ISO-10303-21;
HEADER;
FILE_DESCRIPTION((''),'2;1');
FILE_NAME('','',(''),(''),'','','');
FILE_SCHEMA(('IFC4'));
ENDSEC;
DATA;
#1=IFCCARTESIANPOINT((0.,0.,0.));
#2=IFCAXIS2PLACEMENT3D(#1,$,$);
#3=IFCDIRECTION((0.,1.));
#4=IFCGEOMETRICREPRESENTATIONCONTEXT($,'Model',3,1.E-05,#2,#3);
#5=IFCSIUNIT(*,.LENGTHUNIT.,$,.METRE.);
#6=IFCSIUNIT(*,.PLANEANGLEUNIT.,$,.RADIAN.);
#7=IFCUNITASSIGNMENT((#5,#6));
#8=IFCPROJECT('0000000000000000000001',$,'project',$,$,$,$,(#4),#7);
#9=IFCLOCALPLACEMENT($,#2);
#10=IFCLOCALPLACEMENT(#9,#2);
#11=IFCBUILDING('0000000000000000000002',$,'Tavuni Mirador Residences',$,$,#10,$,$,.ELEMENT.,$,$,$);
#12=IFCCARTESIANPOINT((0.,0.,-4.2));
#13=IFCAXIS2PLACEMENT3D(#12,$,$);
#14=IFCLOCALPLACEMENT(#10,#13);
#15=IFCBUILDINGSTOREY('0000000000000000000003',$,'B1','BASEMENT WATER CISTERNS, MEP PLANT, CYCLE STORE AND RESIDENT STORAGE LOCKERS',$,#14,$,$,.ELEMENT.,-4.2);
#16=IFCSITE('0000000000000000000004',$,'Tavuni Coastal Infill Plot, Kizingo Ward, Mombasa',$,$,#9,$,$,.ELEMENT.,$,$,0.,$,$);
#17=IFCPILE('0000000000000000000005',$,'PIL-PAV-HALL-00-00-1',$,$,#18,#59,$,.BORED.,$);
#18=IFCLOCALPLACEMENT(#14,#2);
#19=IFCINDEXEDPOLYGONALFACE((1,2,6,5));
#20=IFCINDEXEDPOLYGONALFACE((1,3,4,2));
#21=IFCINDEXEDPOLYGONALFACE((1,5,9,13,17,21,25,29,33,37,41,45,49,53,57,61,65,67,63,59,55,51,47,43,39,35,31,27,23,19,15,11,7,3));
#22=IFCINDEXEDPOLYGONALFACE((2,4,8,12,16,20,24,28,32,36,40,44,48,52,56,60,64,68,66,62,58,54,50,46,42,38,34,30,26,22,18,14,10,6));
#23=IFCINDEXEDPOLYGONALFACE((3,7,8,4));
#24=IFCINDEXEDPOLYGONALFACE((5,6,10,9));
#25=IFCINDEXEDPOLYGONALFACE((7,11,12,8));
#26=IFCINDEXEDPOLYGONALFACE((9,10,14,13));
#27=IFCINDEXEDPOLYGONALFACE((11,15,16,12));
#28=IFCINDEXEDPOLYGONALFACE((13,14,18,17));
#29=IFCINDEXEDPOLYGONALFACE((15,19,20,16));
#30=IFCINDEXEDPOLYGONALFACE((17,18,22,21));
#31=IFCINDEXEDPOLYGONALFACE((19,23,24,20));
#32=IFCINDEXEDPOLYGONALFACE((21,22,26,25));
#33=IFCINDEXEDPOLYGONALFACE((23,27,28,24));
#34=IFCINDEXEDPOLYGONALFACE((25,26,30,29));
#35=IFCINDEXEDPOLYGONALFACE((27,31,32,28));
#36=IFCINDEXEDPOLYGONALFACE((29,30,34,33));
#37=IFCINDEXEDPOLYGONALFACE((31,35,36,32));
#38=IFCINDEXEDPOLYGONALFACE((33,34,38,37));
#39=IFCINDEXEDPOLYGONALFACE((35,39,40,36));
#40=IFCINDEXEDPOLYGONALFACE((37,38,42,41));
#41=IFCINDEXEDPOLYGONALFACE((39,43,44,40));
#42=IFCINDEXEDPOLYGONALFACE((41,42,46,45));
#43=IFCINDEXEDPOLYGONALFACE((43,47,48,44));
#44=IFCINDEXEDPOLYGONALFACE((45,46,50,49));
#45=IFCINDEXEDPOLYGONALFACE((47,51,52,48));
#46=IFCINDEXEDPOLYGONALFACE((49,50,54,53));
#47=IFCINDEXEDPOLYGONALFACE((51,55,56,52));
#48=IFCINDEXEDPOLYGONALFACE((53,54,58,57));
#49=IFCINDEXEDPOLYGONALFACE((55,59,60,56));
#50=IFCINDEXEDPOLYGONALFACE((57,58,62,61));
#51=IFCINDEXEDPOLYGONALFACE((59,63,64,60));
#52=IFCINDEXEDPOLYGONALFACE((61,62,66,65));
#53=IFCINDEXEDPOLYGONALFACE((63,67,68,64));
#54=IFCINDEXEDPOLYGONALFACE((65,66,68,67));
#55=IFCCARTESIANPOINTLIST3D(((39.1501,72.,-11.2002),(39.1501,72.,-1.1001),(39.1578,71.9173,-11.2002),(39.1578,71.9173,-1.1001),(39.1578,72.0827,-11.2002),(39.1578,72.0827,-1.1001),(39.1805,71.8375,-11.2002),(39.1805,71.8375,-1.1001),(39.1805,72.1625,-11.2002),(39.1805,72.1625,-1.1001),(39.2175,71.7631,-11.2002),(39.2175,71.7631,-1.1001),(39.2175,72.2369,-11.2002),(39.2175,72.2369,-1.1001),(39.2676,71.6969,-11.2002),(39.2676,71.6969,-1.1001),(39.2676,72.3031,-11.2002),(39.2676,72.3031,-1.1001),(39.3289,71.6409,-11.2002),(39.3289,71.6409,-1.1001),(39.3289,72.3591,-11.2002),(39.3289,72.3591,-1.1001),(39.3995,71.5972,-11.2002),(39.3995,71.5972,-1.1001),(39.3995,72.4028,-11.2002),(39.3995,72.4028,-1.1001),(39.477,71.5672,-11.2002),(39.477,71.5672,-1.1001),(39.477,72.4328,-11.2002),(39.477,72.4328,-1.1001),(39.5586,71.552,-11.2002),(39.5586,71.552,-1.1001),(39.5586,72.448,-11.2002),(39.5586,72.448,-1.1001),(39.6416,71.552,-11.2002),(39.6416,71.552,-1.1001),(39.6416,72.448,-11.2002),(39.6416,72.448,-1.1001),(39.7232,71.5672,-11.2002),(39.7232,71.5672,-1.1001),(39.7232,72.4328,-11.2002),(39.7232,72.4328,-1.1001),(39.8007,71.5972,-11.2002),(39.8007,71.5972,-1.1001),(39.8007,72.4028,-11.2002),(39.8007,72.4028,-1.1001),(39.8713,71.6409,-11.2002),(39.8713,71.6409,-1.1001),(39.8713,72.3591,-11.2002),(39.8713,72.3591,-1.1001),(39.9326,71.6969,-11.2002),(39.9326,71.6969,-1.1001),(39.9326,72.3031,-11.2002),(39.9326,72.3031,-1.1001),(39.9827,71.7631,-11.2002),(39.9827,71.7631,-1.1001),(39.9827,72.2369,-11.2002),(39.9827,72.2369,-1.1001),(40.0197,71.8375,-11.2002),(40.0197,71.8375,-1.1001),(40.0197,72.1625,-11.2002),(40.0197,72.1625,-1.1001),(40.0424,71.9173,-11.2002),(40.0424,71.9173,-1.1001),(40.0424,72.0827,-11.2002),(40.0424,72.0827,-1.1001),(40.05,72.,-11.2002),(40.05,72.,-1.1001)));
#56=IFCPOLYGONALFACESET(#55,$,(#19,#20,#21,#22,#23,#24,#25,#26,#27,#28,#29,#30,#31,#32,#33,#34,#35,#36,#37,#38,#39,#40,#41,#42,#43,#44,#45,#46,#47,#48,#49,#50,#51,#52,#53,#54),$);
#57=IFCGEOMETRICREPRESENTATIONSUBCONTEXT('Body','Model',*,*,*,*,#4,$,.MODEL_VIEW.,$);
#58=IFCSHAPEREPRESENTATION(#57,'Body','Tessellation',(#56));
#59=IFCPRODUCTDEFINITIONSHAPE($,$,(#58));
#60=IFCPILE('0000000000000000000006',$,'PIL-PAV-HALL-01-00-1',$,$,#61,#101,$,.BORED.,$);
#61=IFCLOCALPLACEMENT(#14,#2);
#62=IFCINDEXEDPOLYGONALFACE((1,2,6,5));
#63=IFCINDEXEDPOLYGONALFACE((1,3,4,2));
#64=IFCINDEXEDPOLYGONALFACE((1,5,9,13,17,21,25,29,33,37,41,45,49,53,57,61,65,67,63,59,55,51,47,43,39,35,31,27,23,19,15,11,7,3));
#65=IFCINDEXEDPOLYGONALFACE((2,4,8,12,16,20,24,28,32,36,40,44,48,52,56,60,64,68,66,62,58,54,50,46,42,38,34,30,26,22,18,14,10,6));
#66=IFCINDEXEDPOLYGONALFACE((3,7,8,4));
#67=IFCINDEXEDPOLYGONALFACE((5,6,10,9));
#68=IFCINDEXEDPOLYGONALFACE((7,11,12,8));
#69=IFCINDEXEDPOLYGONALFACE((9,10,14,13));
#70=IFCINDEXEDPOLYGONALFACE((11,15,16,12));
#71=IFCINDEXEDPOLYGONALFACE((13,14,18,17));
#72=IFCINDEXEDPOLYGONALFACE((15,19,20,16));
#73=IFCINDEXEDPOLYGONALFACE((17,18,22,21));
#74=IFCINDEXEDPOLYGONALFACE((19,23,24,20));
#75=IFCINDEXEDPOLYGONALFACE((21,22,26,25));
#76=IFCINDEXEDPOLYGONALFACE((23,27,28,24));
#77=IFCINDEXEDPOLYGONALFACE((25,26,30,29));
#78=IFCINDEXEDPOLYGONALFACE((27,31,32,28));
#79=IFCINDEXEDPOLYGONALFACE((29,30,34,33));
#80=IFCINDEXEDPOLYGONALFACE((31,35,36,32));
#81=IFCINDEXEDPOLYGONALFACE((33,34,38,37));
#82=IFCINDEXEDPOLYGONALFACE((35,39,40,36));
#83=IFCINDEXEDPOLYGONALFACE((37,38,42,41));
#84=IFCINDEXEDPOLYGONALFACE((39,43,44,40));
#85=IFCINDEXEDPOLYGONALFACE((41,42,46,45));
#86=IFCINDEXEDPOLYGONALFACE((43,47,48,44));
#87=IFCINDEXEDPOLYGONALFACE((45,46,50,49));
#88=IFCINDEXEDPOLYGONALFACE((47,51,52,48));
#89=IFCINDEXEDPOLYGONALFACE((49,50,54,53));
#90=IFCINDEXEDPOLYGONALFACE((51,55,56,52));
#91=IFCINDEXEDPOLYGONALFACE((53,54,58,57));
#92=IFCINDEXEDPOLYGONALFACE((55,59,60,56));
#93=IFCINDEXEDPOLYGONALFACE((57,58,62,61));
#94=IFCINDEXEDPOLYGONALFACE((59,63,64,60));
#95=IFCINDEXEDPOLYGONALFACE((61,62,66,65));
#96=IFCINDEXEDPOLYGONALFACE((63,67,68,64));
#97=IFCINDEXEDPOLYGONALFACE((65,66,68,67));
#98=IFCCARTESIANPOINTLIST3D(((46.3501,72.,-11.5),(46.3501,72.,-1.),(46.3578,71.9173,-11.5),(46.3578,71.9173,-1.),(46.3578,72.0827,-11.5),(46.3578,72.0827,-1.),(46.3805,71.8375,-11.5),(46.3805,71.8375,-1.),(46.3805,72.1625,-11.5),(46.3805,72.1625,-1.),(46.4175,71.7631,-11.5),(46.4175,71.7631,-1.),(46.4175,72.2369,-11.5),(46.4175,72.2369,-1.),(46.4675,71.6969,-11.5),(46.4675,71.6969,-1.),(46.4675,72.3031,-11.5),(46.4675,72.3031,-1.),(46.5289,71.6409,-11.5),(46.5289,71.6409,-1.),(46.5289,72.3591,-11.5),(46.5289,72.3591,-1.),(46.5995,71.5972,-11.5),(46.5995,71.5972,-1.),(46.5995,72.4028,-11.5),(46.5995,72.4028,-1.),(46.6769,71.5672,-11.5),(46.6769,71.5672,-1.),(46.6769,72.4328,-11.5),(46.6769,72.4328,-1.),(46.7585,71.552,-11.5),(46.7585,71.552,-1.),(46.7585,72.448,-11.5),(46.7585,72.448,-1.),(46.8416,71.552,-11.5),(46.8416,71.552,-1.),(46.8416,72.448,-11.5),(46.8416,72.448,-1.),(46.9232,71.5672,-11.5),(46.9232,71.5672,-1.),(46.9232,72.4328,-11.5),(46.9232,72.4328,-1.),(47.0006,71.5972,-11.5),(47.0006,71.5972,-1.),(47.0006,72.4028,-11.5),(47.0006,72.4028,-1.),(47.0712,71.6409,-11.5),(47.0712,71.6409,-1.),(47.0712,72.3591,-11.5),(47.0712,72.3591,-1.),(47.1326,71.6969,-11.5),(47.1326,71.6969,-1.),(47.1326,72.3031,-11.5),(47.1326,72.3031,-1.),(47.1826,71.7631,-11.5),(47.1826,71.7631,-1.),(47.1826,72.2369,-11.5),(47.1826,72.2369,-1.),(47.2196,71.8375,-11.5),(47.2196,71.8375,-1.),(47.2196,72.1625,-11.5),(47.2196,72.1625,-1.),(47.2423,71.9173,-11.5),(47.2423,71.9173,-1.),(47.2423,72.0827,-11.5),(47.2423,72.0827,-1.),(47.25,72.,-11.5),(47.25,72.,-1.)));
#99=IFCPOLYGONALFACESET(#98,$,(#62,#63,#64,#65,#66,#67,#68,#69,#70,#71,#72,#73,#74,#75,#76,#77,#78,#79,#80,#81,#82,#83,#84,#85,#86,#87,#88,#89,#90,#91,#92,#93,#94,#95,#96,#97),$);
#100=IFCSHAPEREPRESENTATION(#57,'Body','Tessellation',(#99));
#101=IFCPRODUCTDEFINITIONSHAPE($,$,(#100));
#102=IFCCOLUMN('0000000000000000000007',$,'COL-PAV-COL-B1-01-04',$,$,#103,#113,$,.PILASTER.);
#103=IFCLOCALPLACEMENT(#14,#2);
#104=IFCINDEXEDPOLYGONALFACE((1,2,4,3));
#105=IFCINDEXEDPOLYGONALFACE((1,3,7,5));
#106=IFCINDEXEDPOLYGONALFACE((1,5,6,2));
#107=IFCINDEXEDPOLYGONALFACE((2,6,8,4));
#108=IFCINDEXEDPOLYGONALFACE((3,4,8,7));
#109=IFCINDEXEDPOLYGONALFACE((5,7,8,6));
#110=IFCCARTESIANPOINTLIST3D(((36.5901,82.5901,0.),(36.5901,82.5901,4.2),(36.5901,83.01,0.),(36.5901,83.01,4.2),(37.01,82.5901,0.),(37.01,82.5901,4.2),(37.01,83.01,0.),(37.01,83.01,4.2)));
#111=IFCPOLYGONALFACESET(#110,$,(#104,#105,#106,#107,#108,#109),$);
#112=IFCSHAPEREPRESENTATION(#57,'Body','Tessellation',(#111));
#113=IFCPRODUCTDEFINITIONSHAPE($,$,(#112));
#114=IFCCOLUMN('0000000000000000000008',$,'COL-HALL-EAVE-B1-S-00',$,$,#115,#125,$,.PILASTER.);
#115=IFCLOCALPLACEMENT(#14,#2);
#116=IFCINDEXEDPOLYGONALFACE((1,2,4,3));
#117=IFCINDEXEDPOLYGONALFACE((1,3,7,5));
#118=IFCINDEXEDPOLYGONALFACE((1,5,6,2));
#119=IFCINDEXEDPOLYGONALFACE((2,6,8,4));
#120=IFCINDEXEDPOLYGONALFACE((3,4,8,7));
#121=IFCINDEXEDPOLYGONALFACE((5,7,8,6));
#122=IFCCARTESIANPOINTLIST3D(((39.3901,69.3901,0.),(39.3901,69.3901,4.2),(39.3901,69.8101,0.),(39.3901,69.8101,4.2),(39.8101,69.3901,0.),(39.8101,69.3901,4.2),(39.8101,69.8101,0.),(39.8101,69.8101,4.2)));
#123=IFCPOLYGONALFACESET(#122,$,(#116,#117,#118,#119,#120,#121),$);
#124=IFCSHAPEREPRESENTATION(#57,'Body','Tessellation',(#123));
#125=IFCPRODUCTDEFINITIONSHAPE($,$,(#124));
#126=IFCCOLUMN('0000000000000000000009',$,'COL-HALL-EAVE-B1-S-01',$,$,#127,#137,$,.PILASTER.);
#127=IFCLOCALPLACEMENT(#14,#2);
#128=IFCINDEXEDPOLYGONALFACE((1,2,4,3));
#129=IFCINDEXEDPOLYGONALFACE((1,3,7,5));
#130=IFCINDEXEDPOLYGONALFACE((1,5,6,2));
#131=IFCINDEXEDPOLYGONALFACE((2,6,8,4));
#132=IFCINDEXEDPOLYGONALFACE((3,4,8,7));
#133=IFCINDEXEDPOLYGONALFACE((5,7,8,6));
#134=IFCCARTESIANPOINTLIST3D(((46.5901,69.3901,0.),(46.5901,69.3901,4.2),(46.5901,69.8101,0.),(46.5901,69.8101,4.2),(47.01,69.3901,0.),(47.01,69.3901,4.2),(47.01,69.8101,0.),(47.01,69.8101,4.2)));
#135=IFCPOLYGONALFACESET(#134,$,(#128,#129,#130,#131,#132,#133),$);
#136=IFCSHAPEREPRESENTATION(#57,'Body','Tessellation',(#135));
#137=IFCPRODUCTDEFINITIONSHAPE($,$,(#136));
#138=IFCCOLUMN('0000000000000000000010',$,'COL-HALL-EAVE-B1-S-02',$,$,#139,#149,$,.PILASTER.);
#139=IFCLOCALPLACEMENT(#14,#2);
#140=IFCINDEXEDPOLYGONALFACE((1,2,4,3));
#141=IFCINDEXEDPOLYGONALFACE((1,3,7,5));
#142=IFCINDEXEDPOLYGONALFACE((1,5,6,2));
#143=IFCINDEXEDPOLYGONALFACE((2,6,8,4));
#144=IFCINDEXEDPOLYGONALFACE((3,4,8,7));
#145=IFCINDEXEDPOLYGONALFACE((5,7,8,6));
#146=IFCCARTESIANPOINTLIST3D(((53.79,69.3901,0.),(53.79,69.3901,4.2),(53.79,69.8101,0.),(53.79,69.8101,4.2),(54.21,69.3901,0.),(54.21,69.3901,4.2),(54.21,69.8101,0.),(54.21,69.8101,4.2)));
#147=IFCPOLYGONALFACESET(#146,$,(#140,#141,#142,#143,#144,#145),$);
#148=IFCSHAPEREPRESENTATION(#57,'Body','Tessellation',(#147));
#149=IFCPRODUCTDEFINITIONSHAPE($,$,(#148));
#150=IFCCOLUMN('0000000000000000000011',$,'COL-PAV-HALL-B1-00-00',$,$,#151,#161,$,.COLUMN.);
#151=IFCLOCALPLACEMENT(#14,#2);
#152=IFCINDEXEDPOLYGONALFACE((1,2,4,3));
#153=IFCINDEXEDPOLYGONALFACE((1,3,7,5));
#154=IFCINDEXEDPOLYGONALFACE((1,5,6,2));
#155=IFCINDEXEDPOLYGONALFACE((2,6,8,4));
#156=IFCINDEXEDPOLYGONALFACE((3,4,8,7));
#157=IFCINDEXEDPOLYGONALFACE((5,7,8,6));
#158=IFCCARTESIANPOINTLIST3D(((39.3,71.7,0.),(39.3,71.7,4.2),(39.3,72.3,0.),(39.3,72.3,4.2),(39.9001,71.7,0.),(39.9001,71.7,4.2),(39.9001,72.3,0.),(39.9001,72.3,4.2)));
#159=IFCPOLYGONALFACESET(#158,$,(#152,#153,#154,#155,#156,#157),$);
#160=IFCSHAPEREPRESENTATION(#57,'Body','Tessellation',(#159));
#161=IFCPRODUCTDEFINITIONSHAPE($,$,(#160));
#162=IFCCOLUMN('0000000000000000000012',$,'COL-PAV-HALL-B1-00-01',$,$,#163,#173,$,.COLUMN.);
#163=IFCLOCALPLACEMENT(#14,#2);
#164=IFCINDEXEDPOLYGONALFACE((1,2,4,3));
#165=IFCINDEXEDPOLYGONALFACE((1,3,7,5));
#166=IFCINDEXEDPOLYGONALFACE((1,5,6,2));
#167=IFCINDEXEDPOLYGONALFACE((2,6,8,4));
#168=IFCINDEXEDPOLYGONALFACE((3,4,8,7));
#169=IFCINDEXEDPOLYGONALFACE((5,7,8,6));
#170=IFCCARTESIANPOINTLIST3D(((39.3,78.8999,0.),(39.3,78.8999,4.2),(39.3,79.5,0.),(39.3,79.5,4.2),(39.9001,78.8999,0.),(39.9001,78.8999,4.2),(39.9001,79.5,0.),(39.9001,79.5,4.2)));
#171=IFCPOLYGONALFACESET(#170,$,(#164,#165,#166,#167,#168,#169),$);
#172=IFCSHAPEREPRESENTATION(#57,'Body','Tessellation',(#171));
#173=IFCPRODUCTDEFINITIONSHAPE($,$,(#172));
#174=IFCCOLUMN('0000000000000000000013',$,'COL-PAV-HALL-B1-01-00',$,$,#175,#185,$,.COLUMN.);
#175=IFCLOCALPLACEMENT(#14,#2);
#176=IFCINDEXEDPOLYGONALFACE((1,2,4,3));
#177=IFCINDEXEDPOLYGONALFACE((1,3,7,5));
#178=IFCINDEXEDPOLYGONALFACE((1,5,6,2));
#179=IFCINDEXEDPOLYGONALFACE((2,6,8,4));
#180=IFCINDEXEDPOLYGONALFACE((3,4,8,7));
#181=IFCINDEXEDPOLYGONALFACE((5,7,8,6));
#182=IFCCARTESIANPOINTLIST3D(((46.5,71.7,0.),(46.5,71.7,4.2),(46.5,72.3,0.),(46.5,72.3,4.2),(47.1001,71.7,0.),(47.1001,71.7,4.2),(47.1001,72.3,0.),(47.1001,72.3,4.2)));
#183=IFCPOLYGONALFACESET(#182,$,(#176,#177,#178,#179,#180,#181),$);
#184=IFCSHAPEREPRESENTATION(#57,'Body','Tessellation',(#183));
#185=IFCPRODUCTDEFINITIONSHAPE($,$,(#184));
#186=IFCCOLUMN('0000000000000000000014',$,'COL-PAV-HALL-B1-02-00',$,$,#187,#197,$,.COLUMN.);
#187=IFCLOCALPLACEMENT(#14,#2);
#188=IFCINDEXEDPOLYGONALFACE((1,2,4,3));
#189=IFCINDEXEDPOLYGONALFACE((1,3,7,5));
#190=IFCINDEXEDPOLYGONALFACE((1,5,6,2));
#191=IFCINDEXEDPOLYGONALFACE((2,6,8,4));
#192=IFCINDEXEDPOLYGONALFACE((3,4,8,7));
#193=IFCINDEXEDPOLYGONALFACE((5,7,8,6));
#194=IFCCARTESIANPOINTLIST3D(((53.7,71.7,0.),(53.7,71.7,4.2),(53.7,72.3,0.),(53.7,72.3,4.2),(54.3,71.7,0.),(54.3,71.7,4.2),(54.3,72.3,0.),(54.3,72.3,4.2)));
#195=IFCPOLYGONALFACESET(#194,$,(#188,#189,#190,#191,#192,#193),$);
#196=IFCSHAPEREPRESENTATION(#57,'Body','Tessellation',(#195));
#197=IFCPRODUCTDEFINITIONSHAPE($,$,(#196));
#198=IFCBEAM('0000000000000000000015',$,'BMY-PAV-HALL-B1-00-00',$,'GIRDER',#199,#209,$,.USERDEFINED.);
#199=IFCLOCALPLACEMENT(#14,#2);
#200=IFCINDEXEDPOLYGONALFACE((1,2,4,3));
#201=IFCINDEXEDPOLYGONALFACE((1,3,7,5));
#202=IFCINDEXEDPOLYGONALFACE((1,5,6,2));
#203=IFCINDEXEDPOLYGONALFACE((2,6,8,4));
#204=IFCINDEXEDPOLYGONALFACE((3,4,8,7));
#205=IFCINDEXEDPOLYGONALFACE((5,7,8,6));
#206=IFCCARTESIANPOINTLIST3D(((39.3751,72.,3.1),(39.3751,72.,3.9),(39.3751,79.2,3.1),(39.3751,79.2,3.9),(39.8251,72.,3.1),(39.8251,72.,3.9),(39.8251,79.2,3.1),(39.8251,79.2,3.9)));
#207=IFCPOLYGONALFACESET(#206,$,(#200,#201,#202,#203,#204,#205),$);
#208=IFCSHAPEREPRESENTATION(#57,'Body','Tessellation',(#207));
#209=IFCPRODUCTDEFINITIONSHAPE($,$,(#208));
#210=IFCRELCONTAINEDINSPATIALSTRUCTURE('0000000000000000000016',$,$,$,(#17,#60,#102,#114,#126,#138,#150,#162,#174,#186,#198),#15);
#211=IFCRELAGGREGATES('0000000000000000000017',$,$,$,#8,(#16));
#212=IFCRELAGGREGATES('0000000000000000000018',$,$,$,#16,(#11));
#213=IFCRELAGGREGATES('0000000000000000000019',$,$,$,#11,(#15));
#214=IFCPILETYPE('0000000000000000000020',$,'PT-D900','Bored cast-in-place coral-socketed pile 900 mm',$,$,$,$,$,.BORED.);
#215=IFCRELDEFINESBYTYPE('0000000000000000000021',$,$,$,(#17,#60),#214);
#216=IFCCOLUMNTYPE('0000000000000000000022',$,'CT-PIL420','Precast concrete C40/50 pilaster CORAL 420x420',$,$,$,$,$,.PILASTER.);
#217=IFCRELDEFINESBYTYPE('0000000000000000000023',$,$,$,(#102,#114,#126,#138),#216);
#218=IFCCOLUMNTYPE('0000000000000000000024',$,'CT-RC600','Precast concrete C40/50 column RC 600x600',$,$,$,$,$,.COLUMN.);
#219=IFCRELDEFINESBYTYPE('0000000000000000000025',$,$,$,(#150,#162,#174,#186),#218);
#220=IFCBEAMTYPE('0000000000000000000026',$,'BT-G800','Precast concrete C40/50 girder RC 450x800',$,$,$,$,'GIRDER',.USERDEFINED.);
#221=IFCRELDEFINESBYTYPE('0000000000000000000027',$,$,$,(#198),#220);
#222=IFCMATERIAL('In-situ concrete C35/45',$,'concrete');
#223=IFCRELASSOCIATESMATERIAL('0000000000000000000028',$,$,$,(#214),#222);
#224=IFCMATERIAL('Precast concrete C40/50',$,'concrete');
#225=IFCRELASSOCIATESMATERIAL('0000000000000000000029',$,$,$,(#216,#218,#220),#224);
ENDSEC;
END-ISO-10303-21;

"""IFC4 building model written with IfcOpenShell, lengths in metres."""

from ifc_helpers import new_model, si_unit, direction, frame, origin, origin_2d, place, context, subcontext, project, spatial, rectangle, circle, extrude, material, material_profile, profile_set, type_object, element, save


model = new_model("IFC4")

# Units and contexts
model_context = context("Model", 3, precision=1e-05, world=origin(), true_north=direction((0.0, 1.0)))
body_context = subcontext(model_context, "Body", "Model", "MODEL_VIEW")
ifc_project = project(units=[si_unit("LENGTHUNIT", "METRE"), si_unit("PLANEANGLEUNIT", "RADIAN")], contexts=[model_context])

# Site, building, storey
site_placement = place(None, origin())
site = spatial("IfcSite", under=ifc_project, at=site_placement, Name="Tavuni Coastal Infill Plot, Kizingo Ward, Mombasa", CompositionType="ELEMENT", RefElevation=0.0)
building_placement = place(site_placement, origin())
building = spatial("IfcBuilding", under=site, at=building_placement, Name="Tavuni Mirador Residences", CompositionType="ELEMENT")
storey_placement = place(building_placement, frame((0.0, 0.0, -4.2)))
storey = spatial("IfcBuildingStorey", under=building, at=storey_placement, Name="B1", Description="BASEMENT WATER CISTERNS, MEP PLANT, CYCLE STORE AND RESIDENT STORAGE LOCKERS", CompositionType="ELEMENT", Elevation=-4.2)

# Shared definitions
ifc_material_1 = material(Name="In-situ concrete C35/45", Category="concrete")

# Piles
ifc_material_profile_1 = material_profile(ifc_material_1, circle(Radius=0.45, at=origin_2d()), Name="PILE D900", Category="concrete")
ifc_profile_set_1 = profile_set([ifc_material_profile_1], Name="In-situ concrete C35/45")
pile_type_1 = type_object("IfcPileType", Name="PT-D900", Description="Bored cast-in-place coral-socketed pile 900 mm", PredefinedType="BORED", material=ifc_profile_set_1)
pile_1_placement = place(storey_placement, frame((39.6001, 72.0, -1.1001), z_axis=(0.0, 0.0, -1.0), x_axis=(1.0, 0.0, 0.0)))
element("IfcPile", 1, at=pile_1_placement, inside=storey, type_object=pile_type_1, Name="PIL-PAV-HALL-00-00-1", PredefinedType="BORED", context=body_context, shape_type="SweptSolid", body=[
    extrude(circle(Radius=0.45, at=origin_2d()), origin(), (0.0, 0.0, 1.0), 10.1001),
])
pile_2_placement = place(storey_placement, frame((46.8, 72.0, -1.0), z_axis=(0.0, 0.0, -1.0), x_axis=(1.0, 0.0, 0.0)))
element("IfcPile", 2, at=pile_2_placement, inside=storey, type_object=pile_type_1, Name="PIL-PAV-HALL-01-00-1", PredefinedType="BORED", context=body_context, shape_type="SweptSolid", body=[
    extrude(circle(Radius=0.45, at=origin_2d()), origin(), (0.0, 0.0, 1.0), 10.5),
])

# Columns
ifc_material_2 = material(Name="Precast concrete C40/50", Category="concrete")
ifc_material_profile_2 = material_profile(ifc_material_2, rectangle(XDim=0.4199, YDim=0.4199, at=origin_2d()), Name="CORAL 420x420", Category="concrete")
ifc_profile_set_2 = profile_set([ifc_material_profile_2], Name="Precast concrete C40/50")
column_type_1 = type_object("IfcColumnType", Name="CT-PIL420", Description="Precast concrete C40/50 pilaster CORAL 420x420", PredefinedType="PILASTER", material=ifc_profile_set_2)
for number, where, z_axis, x_axis, name in (
    (3, (36.8, 82.8, 0.0), (0.0, 0.0, 1.0), (1.0, 0.0, 0.0), "COL-PAV-COL-B1-01-04"),
    (4, (39.6001, 69.6001, 0.0), (0.0, 0.0, 1.0), (1.0, 0.0, 0.0), "COL-HALL-EAVE-B1-S-00"),
    (5, (46.8, 69.6001, 0.0), (0.0, 0.0, 1.0), (1.0, 0.0, 0.0), "COL-HALL-EAVE-B1-S-01"),
    (6, (54.0, 69.6001, 0.0), (0.0, 0.0, 1.0), (1.0, 0.0, 0.0), "COL-HALL-EAVE-B1-S-02"),
):
    element("IfcColumn", number, at=place(storey_placement, frame(where, z_axis=z_axis, x_axis=x_axis)), inside=storey, type_object=column_type_1, Name=name, PredefinedType="PILASTER", context=body_context, shape_type="SweptSolid", body=[
        extrude(rectangle(XDim=0.4199, YDim=0.4199, at=origin_2d()), origin(), (0.0, 0.0, 1.0), 4.2),
    ])
ifc_material_profile_3 = material_profile(ifc_material_2, rectangle(XDim=0.6001, YDim=0.6001, at=origin_2d()), Name="RC 600x600", Category="concrete")
ifc_profile_set_3 = profile_set([ifc_material_profile_3], Name="Precast concrete C40/50")
column_type_2 = type_object("IfcColumnType", Name="CT-RC600", Description="Precast concrete C40/50 column RC 600x600", PredefinedType="COLUMN", material=ifc_profile_set_3)
for number, where, z_axis, x_axis, name in (
    (7, (39.6001, 72.0, 0.0), (0.0, 0.0, 1.0), (1.0, 0.0, 0.0), "COL-PAV-HALL-B1-00-00"),
    (8, (39.6001, 79.2, 0.0), (0.0, 0.0, 1.0), (1.0, 0.0, 0.0), "COL-PAV-HALL-B1-00-01"),
    (9, (46.8, 72.0, 0.0), (0.0, 0.0, 1.0), (1.0, 0.0, 0.0), "COL-PAV-HALL-B1-01-00"),
    (10, (54.0, 72.0, 0.0), (0.0, 0.0, 1.0), (1.0, 0.0, 0.0), "COL-PAV-HALL-B1-02-00"),
):
    element("IfcColumn", number, at=place(storey_placement, frame(where, z_axis=z_axis, x_axis=x_axis)), inside=storey, type_object=column_type_2, Name=name, PredefinedType="COLUMN", context=body_context, shape_type="SweptSolid", body=[
        extrude(rectangle(XDim=0.6001, YDim=0.6001, at=origin_2d()), origin(), (0.0, 0.0, 1.0), 4.2),
    ])

# Beam
ifc_material_profile_4 = material_profile(ifc_material_2, rectangle(XDim=0.45, YDim=0.8, at=origin_2d()), Name="RC 450x800", Category="concrete")
ifc_profile_set_4 = profile_set([ifc_material_profile_4], Name="Precast concrete C40/50")
beam_type_1 = type_object("IfcBeamType", Name="BT-G800", Description="Precast concrete C40/50 girder RC 450x800", ElementType="GIRDER", PredefinedType="USERDEFINED", material=ifc_profile_set_4)
for number, where, z_axis, x_axis, name in (
    (11, (39.6001, 72.0, 3.5), (0.0, 1.0, 0.0), (-1.0, 0.0, 0.0), "BMY-PAV-HALL-B1-00-00"),
):
    element("IfcBeam", number, at=place(storey_placement, frame(where, z_axis=z_axis, x_axis=x_axis)), inside=storey, type_object=beam_type_1, Name=name, ObjectType="GIRDER", PredefinedType="USERDEFINED", context=body_context, shape_type="SweptSolid", body=[
        extrude(rectangle(XDim=0.45, YDim=0.8, at=origin_2d()), origin(), (0.0, 0.0, 1.0), 7.2),
    ])

save(model, "model.ifc")
